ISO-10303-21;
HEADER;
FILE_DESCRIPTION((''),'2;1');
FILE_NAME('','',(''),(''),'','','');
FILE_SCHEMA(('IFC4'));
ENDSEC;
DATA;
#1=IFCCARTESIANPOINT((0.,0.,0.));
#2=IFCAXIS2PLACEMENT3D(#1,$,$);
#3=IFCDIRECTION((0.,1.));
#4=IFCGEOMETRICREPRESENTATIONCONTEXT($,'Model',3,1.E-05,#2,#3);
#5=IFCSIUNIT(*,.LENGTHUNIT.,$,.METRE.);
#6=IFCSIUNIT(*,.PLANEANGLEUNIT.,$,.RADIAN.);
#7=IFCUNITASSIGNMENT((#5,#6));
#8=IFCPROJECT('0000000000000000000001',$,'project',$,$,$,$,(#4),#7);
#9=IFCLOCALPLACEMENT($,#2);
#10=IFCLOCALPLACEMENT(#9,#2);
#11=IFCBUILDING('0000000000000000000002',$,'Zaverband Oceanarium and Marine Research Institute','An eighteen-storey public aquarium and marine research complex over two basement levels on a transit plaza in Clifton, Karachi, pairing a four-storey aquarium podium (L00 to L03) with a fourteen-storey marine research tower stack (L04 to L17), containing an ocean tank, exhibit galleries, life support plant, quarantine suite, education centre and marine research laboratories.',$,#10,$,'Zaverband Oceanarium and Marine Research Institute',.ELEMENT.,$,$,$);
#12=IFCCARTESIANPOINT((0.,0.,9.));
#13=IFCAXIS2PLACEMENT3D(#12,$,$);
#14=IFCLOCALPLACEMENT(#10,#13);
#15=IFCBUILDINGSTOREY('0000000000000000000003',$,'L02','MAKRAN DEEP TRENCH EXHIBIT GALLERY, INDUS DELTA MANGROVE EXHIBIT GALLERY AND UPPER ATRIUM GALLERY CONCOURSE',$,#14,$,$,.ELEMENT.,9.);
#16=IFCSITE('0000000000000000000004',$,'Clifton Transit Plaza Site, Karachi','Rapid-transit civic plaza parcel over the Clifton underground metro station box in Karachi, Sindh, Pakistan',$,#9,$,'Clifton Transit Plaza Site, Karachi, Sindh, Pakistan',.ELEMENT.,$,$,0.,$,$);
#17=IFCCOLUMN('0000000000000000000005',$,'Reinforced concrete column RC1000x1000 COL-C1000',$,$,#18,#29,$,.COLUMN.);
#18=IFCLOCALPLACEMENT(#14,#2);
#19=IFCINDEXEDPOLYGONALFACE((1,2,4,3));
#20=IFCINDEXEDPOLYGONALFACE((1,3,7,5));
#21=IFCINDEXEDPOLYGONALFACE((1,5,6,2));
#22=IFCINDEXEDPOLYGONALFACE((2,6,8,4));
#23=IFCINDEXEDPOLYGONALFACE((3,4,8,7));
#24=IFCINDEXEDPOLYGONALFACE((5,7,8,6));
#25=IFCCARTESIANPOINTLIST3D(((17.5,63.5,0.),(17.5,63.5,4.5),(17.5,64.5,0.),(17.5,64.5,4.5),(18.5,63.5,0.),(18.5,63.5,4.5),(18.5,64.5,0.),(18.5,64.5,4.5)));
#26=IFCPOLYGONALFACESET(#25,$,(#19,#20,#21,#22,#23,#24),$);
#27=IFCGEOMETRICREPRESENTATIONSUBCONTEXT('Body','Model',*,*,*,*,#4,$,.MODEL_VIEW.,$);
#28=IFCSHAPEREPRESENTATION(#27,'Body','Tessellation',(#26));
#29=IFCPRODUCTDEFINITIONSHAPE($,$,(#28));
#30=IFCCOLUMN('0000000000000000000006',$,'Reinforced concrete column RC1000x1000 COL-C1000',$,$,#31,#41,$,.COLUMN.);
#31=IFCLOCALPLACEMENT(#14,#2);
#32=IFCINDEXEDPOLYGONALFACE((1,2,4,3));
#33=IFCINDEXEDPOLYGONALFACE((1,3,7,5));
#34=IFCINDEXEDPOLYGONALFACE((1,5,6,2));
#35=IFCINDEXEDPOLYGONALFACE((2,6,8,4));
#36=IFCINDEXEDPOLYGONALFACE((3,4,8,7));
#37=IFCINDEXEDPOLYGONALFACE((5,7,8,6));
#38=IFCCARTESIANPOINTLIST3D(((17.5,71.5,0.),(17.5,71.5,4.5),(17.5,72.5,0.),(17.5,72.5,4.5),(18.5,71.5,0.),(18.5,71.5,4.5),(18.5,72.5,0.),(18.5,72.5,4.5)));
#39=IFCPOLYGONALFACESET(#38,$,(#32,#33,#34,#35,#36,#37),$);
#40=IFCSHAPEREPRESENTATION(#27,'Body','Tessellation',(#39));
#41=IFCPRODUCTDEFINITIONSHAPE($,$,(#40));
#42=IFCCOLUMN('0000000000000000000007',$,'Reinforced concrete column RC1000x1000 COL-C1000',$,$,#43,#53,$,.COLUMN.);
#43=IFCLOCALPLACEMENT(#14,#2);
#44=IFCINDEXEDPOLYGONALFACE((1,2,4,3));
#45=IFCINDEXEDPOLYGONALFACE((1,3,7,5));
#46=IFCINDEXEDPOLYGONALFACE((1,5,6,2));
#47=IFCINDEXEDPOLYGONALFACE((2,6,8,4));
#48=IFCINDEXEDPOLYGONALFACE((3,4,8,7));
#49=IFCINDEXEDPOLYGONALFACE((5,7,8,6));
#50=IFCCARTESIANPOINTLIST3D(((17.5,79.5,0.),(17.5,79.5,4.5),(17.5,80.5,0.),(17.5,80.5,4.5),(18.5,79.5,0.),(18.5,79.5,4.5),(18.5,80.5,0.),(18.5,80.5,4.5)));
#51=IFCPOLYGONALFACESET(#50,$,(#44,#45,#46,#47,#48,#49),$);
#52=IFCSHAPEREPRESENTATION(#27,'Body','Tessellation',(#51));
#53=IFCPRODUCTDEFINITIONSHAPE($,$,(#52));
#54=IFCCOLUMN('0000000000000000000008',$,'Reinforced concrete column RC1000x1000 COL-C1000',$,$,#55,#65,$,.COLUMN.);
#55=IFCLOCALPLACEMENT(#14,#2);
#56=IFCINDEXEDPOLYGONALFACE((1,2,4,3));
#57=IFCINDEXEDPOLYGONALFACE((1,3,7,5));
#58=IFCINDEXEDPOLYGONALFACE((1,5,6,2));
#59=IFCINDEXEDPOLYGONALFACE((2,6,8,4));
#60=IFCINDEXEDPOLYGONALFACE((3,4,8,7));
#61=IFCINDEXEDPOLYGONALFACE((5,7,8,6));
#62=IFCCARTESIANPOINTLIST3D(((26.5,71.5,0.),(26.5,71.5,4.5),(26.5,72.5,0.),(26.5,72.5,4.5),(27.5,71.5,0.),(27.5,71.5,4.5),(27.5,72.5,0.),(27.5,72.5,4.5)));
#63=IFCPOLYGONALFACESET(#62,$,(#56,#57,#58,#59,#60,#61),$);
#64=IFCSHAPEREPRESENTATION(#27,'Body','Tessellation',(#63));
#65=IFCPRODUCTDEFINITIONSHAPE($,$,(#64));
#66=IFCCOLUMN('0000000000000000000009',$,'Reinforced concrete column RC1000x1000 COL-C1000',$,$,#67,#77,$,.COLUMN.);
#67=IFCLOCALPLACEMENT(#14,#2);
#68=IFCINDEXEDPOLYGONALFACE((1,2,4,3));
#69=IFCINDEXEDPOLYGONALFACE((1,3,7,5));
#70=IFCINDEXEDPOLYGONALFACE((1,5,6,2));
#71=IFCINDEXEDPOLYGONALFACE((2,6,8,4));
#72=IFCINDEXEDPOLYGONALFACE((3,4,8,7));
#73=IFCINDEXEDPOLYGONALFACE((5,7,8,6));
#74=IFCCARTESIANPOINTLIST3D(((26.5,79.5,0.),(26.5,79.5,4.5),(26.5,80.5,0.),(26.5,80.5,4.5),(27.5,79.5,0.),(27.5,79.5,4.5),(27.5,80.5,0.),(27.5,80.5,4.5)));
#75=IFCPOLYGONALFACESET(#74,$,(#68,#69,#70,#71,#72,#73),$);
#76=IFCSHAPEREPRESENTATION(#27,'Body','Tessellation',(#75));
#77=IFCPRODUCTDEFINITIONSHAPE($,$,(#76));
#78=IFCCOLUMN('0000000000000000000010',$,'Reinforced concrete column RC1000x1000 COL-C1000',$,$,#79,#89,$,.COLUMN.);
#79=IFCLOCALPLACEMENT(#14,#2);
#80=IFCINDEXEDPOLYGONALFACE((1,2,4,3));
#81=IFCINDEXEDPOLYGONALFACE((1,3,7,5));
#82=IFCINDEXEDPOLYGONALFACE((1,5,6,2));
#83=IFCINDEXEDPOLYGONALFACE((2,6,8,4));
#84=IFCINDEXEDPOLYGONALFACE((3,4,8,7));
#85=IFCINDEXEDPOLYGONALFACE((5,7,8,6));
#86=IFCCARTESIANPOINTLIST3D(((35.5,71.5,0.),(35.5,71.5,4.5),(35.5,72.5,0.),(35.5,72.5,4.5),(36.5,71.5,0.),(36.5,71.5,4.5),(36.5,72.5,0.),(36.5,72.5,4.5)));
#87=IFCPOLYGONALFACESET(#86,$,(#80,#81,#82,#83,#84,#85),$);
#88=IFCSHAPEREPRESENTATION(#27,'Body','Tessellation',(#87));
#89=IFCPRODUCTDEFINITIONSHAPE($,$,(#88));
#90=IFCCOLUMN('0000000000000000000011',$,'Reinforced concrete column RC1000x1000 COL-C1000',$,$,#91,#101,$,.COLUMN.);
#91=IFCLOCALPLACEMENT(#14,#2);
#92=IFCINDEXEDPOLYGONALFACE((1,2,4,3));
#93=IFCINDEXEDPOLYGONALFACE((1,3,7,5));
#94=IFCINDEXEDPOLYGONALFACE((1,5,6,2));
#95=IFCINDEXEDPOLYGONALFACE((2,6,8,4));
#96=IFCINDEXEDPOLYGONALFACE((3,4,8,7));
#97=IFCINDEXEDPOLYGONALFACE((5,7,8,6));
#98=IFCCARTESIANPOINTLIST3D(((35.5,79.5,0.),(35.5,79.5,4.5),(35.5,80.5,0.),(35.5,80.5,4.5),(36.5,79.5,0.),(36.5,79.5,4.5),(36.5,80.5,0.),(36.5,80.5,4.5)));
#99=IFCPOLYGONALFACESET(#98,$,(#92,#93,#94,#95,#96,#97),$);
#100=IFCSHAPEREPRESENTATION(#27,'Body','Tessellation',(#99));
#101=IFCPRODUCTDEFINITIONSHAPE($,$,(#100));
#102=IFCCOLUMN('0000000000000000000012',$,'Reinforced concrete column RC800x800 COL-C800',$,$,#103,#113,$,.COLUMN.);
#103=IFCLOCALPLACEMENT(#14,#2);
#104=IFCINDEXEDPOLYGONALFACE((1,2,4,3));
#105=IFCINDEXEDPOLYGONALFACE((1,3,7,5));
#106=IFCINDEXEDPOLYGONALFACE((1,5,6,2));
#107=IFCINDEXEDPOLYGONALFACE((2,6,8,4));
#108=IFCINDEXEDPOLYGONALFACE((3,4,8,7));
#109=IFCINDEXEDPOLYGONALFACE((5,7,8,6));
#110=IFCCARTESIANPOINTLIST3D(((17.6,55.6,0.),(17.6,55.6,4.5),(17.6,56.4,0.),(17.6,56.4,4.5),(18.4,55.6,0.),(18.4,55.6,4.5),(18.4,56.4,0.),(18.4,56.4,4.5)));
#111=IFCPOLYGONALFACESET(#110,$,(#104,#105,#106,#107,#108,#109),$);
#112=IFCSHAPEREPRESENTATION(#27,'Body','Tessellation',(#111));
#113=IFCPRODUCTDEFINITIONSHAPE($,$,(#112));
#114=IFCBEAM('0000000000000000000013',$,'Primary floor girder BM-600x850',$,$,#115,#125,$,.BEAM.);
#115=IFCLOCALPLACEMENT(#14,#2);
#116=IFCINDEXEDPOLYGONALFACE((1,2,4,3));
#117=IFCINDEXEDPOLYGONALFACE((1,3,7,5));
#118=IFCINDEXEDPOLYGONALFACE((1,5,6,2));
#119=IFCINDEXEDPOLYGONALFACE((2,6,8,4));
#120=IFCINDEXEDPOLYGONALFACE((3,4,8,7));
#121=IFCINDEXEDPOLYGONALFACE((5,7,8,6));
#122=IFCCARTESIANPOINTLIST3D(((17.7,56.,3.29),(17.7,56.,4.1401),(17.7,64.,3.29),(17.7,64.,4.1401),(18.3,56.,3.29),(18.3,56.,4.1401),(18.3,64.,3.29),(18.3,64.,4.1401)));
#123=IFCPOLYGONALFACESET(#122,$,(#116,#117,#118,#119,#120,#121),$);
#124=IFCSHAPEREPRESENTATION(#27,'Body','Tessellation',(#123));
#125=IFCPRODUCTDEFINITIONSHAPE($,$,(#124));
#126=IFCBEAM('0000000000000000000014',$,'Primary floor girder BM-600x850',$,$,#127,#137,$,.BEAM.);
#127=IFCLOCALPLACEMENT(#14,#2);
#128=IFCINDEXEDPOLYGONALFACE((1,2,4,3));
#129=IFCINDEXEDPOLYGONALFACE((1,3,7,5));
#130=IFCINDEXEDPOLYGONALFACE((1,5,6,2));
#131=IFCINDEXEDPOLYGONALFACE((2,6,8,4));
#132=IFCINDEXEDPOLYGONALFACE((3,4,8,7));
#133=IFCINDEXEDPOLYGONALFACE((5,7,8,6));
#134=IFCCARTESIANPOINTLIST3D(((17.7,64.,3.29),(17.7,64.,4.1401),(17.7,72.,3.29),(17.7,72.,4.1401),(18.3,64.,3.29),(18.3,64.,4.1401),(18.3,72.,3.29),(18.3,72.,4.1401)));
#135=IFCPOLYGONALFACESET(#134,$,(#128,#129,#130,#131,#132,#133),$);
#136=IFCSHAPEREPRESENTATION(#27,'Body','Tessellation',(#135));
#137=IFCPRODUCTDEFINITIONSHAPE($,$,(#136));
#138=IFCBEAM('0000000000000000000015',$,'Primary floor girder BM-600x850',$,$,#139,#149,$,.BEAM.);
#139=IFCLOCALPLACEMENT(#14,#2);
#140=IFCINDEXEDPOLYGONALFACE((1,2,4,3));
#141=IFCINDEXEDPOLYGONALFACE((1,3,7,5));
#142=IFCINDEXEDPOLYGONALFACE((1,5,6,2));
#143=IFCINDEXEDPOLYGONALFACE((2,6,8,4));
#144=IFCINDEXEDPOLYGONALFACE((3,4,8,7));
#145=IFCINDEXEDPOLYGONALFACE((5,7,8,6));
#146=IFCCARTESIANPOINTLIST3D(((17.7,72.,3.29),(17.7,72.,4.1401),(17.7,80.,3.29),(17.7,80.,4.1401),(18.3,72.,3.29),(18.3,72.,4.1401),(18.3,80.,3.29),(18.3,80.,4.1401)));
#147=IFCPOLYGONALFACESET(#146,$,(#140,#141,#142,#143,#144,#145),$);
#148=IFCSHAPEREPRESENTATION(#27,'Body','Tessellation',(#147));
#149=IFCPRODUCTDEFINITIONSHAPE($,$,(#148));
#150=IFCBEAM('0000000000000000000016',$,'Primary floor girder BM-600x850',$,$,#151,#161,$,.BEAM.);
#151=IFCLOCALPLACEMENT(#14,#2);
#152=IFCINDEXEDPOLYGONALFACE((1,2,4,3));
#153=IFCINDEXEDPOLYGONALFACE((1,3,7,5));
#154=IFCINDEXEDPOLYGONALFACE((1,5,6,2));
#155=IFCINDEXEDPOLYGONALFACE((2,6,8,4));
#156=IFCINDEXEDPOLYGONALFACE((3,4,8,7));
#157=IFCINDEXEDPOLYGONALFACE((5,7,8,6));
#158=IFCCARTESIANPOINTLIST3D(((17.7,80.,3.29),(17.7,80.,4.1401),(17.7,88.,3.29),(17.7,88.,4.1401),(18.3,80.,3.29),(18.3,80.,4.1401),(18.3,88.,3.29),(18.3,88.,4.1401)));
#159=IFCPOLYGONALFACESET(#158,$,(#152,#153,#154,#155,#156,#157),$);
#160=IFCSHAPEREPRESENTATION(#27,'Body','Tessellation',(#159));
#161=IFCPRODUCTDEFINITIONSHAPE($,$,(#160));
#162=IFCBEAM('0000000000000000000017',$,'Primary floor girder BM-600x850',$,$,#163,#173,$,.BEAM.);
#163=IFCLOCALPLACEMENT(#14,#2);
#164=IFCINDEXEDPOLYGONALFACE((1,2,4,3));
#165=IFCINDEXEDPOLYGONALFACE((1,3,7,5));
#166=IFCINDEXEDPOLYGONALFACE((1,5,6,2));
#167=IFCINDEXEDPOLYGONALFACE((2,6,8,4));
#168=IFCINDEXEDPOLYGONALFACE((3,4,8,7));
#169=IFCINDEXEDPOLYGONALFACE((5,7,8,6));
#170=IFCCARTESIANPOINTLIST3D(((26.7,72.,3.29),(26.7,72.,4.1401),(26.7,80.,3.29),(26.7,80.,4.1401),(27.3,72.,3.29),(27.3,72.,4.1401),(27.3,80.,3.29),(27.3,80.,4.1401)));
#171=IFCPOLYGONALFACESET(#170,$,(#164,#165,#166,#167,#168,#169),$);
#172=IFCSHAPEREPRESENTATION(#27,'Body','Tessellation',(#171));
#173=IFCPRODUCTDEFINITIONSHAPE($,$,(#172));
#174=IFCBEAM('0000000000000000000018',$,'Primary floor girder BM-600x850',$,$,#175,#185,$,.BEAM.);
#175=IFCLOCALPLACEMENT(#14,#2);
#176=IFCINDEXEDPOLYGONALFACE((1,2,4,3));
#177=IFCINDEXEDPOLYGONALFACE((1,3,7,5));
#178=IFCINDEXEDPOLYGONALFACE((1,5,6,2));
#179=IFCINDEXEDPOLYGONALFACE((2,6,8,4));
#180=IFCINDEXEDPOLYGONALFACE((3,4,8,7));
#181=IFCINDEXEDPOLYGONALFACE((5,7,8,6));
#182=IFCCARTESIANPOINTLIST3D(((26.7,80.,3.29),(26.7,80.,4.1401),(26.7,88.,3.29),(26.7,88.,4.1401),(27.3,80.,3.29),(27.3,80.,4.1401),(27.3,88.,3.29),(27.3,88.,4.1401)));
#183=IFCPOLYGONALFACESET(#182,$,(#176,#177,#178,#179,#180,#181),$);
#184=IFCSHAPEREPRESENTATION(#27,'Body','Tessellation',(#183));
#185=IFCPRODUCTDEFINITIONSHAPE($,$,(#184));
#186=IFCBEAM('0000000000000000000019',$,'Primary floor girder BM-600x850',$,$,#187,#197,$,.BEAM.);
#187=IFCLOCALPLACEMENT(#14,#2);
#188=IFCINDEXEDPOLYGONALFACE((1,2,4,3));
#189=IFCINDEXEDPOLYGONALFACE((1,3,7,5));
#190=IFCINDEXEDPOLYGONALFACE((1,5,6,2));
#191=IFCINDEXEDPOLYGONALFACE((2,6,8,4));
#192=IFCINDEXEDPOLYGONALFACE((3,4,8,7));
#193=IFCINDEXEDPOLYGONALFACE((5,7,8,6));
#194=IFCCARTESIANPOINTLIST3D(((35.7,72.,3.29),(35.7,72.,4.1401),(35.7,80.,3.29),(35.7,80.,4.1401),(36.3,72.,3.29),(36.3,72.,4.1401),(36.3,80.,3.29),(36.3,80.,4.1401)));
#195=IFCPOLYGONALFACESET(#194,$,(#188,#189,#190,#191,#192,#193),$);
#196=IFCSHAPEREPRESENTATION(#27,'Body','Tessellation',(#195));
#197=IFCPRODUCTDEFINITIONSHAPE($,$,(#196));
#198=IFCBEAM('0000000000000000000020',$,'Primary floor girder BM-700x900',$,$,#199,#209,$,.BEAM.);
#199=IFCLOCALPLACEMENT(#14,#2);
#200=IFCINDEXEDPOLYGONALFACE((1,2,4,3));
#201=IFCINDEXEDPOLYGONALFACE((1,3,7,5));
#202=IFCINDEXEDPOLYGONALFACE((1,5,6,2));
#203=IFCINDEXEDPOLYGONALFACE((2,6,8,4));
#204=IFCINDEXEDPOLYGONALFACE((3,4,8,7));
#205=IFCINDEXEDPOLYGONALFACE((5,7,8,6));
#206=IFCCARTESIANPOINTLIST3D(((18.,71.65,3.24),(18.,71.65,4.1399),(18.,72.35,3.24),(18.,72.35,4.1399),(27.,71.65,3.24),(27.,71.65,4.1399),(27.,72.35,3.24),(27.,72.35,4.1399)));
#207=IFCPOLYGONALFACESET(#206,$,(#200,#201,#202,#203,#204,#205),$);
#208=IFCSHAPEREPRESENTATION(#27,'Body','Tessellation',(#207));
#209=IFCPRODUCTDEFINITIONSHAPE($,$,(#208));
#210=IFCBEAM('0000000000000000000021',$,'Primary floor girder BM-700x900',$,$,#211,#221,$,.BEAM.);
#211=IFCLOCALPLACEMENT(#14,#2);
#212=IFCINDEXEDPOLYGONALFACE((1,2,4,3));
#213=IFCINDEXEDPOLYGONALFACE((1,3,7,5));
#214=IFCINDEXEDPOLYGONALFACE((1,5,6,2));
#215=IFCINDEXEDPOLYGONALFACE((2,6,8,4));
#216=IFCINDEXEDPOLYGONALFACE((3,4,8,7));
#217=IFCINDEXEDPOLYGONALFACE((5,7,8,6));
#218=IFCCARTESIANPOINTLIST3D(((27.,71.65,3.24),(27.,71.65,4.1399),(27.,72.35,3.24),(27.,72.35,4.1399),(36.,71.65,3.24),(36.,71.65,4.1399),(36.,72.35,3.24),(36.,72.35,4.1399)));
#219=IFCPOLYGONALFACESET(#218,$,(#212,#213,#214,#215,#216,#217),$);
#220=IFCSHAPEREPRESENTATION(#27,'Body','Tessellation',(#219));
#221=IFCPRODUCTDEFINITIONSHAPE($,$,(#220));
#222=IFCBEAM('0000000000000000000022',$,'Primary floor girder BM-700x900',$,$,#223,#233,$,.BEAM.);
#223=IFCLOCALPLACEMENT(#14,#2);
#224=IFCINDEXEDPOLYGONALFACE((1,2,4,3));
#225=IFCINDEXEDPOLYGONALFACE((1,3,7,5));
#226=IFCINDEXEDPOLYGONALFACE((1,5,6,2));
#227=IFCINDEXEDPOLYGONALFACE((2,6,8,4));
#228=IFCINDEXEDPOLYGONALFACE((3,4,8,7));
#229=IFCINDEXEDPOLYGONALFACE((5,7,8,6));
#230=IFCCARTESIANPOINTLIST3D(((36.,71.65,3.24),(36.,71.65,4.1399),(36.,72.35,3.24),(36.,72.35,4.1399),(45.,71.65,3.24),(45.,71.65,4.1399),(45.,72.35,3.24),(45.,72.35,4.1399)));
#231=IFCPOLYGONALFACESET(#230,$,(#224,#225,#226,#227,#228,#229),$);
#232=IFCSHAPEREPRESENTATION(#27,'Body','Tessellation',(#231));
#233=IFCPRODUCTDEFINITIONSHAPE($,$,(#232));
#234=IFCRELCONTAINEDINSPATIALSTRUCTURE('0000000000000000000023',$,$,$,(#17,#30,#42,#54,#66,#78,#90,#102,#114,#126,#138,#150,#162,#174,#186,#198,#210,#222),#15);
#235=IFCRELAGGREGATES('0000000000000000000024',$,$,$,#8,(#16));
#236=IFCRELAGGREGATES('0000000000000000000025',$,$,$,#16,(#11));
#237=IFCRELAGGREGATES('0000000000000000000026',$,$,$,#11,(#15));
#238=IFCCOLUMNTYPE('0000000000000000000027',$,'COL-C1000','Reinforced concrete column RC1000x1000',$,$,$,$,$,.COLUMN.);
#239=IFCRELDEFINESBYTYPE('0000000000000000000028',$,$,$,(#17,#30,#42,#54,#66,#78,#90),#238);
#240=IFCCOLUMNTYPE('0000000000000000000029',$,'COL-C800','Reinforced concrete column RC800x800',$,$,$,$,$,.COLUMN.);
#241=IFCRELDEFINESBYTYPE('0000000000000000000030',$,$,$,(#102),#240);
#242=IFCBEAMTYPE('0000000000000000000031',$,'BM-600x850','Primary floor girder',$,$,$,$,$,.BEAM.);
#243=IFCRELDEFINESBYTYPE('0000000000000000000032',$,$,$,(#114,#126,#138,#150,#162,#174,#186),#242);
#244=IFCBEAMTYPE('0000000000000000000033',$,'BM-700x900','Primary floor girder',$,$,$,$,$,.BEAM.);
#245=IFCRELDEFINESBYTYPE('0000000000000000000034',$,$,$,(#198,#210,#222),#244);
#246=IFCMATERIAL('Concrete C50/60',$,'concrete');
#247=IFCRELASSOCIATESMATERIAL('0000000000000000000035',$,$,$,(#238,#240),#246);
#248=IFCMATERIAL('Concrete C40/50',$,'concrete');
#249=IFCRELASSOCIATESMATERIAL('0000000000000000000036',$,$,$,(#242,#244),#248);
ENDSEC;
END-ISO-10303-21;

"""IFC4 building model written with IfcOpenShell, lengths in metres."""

from ifc_helpers import new_model, si_unit, direction, frame, origin, origin_2d, place, context, subcontext, project, spatial, rectangle, extrude, material, material_profile, profile_set, type_object, element, save


model = new_model("IFC4")

# Units and contexts
model_context = context("Model", 3, precision=1e-05, world=origin(), true_north=direction((0.0, 1.0)))
body_context = subcontext(model_context, "Body", "Model", "MODEL_VIEW")
ifc_project = project(units=[si_unit("LENGTHUNIT", "METRE"), si_unit("PLANEANGLEUNIT", "RADIAN")], contexts=[model_context])

# Site, building, storey
site_placement = place(None, origin())
site = spatial("IfcSite", under=ifc_project, at=site_placement, Name="Clifton Transit Plaza Site, Karachi", Description="Rapid-transit civic plaza parcel over the Clifton underground metro station box in Karachi, Sindh, Pakistan", LongName="Clifton Transit Plaza Site, Karachi, Sindh, Pakistan", CompositionType="ELEMENT", RefElevation=0.0)
building_placement = place(site_placement, origin())
building = spatial("IfcBuilding", under=site, at=building_placement, Name="Zaverband Oceanarium and Marine Research Institute", Description="An eighteen-storey public aquarium and marine research complex over two basement levels on a transit plaza in Clifton, Karachi, pairing a four-storey aquarium podium (L00 to L03) with a fourteen-storey marine research tower stack (L04 to L17), containing an ocean tank, exhibit galleries, life support plant, quarantine suite, education centre and marine research laboratories.", LongName="Zaverband Oceanarium and Marine Research Institute", CompositionType="ELEMENT")
storey_placement = place(building_placement, frame((0.0, 0.0, 9.0)))
storey = spatial("IfcBuildingStorey", under=building, at=storey_placement, Name="L02", Description="MAKRAN DEEP TRENCH EXHIBIT GALLERY, INDUS DELTA MANGROVE EXHIBIT GALLERY AND UPPER ATRIUM GALLERY CONCOURSE", CompositionType="ELEMENT", Elevation=9.0)

# Columns
ifc_material_1 = material(Name="Concrete C50/60", Category="concrete")
ifc_material_profile_1 = material_profile(ifc_material_1, rectangle(XDim=1.0, YDim=1.0, at=origin_2d()), Name="RC1000x1000")
ifc_profile_set_1 = profile_set([ifc_material_profile_1], Name="Concrete C50/60")
column_type_1 = type_object("IfcColumnType", Name="COL-C1000", Description="Reinforced concrete column RC1000x1000", PredefinedType="COLUMN", material=ifc_profile_set_1)
for number, where, z_axis, x_axis, name in (
    (1, (18.0, 64.0, 0.0), (0.0, 0.0, 1.0), (1.0, 0.0, 0.0), "Reinforced concrete column RC1000x1000 COL-C1000"),
    (2, (18.0, 72.0, 0.0), (0.0, 0.0, 1.0), (1.0, 0.0, 0.0), "Reinforced concrete column RC1000x1000 COL-C1000"),
    (3, (18.0, 80.0, 0.0), (0.0, 0.0, 1.0), (1.0, 0.0, 0.0), "Reinforced concrete column RC1000x1000 COL-C1000"),
    (4, (27.0, 72.0, 0.0), (0.0, 0.0, 1.0), (1.0, 0.0, 0.0), "Reinforced concrete column RC1000x1000 COL-C1000"),
    (5, (27.0, 80.0, 0.0), (0.0, 0.0, 1.0), (1.0, 0.0, 0.0), "Reinforced concrete column RC1000x1000 COL-C1000"),
    (6, (36.0, 72.0, 0.0), (0.0, 0.0, 1.0), (1.0, 0.0, 0.0), "Reinforced concrete column RC1000x1000 COL-C1000"),
    (7, (36.0, 80.0, 0.0), (0.0, 0.0, 1.0), (1.0, 0.0, 0.0), "Reinforced concrete column RC1000x1000 COL-C1000"),
):
    element("IfcColumn", number, at=place(storey_placement, frame(where, z_axis=z_axis, x_axis=x_axis)), inside=storey, type_object=column_type_1, Name=name, PredefinedType="COLUMN", context=body_context, shape_type="SweptSolid", body=[
        extrude(rectangle(XDim=1.0, YDim=1.0, at=origin_2d()), origin(), (0.0, 0.0, 1.0), 4.5),
    ])
ifc_material_profile_2 = material_profile(ifc_material_1, rectangle(XDim=0.8, YDim=0.8, at=origin_2d()), Name="RC800x800")
ifc_profile_set_2 = profile_set([ifc_material_profile_2], Name="Concrete C50/60")
column_type_2 = type_object("IfcColumnType", Name="COL-C800", Description="Reinforced concrete column RC800x800", PredefinedType="COLUMN", material=ifc_profile_set_2)
column_placement = place(storey_placement, frame((18.0, 56.0, 0.0), z_axis=(0.0, 0.0, 1.0), x_axis=(1.0, 0.0, 0.0)))
element("IfcColumn", 8, at=column_placement, inside=storey, type_object=column_type_2, Name="Reinforced concrete column RC800x800 COL-C800", PredefinedType="COLUMN", context=body_context, shape_type="SweptSolid", body=[
    extrude(rectangle(XDim=0.8, YDim=0.8, at=origin_2d()), origin(), (0.0, 0.0, 1.0), 4.5),
])

# Beams
ifc_material_2 = material(Name="Concrete C40/50", Category="concrete")
ifc_material_profile_3 = material_profile(ifc_material_2, rectangle(XDim=0.6001, YDim=0.8501, at=origin_2d()), Name="RC600x850")
ifc_profile_set_3 = profile_set([ifc_material_profile_3], Name="Concrete C40/50")
beam_type_1 = type_object("IfcBeamType", Name="BM-600x850", Description="Primary floor girder", PredefinedType="BEAM", material=ifc_profile_set_3)
for number, where, z_axis, x_axis, name in (
    (9, (18.0, 56.0, 3.7151), (0.0, 1.0, 0.0), (-1.0, 0.0, 0.0), "Primary floor girder BM-600x850"),
    (10, (18.0, 64.0, 3.7151), (0.0, 1.0, 0.0), (-1.0, 0.0, 0.0), "Primary floor girder BM-600x850"),
    (11, (18.0, 72.0, 3.7151), (0.0, 1.0, 0.0), (-1.0, 0.0, 0.0), "Primary floor girder BM-600x850"),
    (12, (18.0, 80.0, 3.7151), (0.0, 1.0, 0.0), (-1.0, 0.0, 0.0), "Primary floor girder BM-600x850"),
    (13, (27.0, 72.0, 3.7151), (0.0, 1.0, 0.0), (-1.0, 0.0, 0.0), "Primary floor girder BM-600x850"),
    (14, (27.0, 80.0, 3.7151), (0.0, 1.0, 0.0), (-1.0, 0.0, 0.0), "Primary floor girder BM-600x850"),
    (15, (36.0, 72.0, 3.7151), (0.0, 1.0, 0.0), (-1.0, 0.0, 0.0), "Primary floor girder BM-600x850"),
):
    element("IfcBeam", number, at=place(storey_placement, frame(where, z_axis=z_axis, x_axis=x_axis)), inside=storey, type_object=beam_type_1, Name=name, PredefinedType="BEAM", context=body_context, shape_type="SweptSolid", body=[
        extrude(rectangle(XDim=0.6001, YDim=0.8501, at=origin_2d()), origin(), (0.0, 0.0, 1.0), 8.0),
    ])
ifc_material_profile_4 = material_profile(ifc_material_2, rectangle(XDim=0.7, YDim=0.8999, at=origin_2d()), Name="RC700x900")
ifc_profile_set_4 = profile_set([ifc_material_profile_4], Name="Concrete C40/50")
beam_type_2 = type_object("IfcBeamType", Name="BM-700x900", Description="Primary floor girder", PredefinedType="BEAM", material=ifc_profile_set_4)
for number, where, z_axis, x_axis, name in (
    (16, (18.0, 72.0, 3.6899), (1.0, 0.0, 0.0), (0.0, 1.0, 0.0), "Primary floor girder BM-700x900"),
    (17, (27.0, 72.0, 3.6899), (1.0, 0.0, 0.0), (0.0, 1.0, 0.0), "Primary floor girder BM-700x900"),
    (18, (36.0, 72.0, 3.6899), (1.0, 0.0, 0.0), (0.0, 1.0, 0.0), "Primary floor girder BM-700x900"),
):
    element("IfcBeam", number, at=place(storey_placement, frame(where, z_axis=z_axis, x_axis=x_axis)), inside=storey, type_object=beam_type_2, Name=name, PredefinedType="BEAM", context=body_context, shape_type="SweptSolid", body=[
        extrude(rectangle(XDim=0.7, YDim=0.8999, at=origin_2d()), origin(), (0.0, 0.0, 1.0), 9.0),
    ])

save(model, "model.ifc")
